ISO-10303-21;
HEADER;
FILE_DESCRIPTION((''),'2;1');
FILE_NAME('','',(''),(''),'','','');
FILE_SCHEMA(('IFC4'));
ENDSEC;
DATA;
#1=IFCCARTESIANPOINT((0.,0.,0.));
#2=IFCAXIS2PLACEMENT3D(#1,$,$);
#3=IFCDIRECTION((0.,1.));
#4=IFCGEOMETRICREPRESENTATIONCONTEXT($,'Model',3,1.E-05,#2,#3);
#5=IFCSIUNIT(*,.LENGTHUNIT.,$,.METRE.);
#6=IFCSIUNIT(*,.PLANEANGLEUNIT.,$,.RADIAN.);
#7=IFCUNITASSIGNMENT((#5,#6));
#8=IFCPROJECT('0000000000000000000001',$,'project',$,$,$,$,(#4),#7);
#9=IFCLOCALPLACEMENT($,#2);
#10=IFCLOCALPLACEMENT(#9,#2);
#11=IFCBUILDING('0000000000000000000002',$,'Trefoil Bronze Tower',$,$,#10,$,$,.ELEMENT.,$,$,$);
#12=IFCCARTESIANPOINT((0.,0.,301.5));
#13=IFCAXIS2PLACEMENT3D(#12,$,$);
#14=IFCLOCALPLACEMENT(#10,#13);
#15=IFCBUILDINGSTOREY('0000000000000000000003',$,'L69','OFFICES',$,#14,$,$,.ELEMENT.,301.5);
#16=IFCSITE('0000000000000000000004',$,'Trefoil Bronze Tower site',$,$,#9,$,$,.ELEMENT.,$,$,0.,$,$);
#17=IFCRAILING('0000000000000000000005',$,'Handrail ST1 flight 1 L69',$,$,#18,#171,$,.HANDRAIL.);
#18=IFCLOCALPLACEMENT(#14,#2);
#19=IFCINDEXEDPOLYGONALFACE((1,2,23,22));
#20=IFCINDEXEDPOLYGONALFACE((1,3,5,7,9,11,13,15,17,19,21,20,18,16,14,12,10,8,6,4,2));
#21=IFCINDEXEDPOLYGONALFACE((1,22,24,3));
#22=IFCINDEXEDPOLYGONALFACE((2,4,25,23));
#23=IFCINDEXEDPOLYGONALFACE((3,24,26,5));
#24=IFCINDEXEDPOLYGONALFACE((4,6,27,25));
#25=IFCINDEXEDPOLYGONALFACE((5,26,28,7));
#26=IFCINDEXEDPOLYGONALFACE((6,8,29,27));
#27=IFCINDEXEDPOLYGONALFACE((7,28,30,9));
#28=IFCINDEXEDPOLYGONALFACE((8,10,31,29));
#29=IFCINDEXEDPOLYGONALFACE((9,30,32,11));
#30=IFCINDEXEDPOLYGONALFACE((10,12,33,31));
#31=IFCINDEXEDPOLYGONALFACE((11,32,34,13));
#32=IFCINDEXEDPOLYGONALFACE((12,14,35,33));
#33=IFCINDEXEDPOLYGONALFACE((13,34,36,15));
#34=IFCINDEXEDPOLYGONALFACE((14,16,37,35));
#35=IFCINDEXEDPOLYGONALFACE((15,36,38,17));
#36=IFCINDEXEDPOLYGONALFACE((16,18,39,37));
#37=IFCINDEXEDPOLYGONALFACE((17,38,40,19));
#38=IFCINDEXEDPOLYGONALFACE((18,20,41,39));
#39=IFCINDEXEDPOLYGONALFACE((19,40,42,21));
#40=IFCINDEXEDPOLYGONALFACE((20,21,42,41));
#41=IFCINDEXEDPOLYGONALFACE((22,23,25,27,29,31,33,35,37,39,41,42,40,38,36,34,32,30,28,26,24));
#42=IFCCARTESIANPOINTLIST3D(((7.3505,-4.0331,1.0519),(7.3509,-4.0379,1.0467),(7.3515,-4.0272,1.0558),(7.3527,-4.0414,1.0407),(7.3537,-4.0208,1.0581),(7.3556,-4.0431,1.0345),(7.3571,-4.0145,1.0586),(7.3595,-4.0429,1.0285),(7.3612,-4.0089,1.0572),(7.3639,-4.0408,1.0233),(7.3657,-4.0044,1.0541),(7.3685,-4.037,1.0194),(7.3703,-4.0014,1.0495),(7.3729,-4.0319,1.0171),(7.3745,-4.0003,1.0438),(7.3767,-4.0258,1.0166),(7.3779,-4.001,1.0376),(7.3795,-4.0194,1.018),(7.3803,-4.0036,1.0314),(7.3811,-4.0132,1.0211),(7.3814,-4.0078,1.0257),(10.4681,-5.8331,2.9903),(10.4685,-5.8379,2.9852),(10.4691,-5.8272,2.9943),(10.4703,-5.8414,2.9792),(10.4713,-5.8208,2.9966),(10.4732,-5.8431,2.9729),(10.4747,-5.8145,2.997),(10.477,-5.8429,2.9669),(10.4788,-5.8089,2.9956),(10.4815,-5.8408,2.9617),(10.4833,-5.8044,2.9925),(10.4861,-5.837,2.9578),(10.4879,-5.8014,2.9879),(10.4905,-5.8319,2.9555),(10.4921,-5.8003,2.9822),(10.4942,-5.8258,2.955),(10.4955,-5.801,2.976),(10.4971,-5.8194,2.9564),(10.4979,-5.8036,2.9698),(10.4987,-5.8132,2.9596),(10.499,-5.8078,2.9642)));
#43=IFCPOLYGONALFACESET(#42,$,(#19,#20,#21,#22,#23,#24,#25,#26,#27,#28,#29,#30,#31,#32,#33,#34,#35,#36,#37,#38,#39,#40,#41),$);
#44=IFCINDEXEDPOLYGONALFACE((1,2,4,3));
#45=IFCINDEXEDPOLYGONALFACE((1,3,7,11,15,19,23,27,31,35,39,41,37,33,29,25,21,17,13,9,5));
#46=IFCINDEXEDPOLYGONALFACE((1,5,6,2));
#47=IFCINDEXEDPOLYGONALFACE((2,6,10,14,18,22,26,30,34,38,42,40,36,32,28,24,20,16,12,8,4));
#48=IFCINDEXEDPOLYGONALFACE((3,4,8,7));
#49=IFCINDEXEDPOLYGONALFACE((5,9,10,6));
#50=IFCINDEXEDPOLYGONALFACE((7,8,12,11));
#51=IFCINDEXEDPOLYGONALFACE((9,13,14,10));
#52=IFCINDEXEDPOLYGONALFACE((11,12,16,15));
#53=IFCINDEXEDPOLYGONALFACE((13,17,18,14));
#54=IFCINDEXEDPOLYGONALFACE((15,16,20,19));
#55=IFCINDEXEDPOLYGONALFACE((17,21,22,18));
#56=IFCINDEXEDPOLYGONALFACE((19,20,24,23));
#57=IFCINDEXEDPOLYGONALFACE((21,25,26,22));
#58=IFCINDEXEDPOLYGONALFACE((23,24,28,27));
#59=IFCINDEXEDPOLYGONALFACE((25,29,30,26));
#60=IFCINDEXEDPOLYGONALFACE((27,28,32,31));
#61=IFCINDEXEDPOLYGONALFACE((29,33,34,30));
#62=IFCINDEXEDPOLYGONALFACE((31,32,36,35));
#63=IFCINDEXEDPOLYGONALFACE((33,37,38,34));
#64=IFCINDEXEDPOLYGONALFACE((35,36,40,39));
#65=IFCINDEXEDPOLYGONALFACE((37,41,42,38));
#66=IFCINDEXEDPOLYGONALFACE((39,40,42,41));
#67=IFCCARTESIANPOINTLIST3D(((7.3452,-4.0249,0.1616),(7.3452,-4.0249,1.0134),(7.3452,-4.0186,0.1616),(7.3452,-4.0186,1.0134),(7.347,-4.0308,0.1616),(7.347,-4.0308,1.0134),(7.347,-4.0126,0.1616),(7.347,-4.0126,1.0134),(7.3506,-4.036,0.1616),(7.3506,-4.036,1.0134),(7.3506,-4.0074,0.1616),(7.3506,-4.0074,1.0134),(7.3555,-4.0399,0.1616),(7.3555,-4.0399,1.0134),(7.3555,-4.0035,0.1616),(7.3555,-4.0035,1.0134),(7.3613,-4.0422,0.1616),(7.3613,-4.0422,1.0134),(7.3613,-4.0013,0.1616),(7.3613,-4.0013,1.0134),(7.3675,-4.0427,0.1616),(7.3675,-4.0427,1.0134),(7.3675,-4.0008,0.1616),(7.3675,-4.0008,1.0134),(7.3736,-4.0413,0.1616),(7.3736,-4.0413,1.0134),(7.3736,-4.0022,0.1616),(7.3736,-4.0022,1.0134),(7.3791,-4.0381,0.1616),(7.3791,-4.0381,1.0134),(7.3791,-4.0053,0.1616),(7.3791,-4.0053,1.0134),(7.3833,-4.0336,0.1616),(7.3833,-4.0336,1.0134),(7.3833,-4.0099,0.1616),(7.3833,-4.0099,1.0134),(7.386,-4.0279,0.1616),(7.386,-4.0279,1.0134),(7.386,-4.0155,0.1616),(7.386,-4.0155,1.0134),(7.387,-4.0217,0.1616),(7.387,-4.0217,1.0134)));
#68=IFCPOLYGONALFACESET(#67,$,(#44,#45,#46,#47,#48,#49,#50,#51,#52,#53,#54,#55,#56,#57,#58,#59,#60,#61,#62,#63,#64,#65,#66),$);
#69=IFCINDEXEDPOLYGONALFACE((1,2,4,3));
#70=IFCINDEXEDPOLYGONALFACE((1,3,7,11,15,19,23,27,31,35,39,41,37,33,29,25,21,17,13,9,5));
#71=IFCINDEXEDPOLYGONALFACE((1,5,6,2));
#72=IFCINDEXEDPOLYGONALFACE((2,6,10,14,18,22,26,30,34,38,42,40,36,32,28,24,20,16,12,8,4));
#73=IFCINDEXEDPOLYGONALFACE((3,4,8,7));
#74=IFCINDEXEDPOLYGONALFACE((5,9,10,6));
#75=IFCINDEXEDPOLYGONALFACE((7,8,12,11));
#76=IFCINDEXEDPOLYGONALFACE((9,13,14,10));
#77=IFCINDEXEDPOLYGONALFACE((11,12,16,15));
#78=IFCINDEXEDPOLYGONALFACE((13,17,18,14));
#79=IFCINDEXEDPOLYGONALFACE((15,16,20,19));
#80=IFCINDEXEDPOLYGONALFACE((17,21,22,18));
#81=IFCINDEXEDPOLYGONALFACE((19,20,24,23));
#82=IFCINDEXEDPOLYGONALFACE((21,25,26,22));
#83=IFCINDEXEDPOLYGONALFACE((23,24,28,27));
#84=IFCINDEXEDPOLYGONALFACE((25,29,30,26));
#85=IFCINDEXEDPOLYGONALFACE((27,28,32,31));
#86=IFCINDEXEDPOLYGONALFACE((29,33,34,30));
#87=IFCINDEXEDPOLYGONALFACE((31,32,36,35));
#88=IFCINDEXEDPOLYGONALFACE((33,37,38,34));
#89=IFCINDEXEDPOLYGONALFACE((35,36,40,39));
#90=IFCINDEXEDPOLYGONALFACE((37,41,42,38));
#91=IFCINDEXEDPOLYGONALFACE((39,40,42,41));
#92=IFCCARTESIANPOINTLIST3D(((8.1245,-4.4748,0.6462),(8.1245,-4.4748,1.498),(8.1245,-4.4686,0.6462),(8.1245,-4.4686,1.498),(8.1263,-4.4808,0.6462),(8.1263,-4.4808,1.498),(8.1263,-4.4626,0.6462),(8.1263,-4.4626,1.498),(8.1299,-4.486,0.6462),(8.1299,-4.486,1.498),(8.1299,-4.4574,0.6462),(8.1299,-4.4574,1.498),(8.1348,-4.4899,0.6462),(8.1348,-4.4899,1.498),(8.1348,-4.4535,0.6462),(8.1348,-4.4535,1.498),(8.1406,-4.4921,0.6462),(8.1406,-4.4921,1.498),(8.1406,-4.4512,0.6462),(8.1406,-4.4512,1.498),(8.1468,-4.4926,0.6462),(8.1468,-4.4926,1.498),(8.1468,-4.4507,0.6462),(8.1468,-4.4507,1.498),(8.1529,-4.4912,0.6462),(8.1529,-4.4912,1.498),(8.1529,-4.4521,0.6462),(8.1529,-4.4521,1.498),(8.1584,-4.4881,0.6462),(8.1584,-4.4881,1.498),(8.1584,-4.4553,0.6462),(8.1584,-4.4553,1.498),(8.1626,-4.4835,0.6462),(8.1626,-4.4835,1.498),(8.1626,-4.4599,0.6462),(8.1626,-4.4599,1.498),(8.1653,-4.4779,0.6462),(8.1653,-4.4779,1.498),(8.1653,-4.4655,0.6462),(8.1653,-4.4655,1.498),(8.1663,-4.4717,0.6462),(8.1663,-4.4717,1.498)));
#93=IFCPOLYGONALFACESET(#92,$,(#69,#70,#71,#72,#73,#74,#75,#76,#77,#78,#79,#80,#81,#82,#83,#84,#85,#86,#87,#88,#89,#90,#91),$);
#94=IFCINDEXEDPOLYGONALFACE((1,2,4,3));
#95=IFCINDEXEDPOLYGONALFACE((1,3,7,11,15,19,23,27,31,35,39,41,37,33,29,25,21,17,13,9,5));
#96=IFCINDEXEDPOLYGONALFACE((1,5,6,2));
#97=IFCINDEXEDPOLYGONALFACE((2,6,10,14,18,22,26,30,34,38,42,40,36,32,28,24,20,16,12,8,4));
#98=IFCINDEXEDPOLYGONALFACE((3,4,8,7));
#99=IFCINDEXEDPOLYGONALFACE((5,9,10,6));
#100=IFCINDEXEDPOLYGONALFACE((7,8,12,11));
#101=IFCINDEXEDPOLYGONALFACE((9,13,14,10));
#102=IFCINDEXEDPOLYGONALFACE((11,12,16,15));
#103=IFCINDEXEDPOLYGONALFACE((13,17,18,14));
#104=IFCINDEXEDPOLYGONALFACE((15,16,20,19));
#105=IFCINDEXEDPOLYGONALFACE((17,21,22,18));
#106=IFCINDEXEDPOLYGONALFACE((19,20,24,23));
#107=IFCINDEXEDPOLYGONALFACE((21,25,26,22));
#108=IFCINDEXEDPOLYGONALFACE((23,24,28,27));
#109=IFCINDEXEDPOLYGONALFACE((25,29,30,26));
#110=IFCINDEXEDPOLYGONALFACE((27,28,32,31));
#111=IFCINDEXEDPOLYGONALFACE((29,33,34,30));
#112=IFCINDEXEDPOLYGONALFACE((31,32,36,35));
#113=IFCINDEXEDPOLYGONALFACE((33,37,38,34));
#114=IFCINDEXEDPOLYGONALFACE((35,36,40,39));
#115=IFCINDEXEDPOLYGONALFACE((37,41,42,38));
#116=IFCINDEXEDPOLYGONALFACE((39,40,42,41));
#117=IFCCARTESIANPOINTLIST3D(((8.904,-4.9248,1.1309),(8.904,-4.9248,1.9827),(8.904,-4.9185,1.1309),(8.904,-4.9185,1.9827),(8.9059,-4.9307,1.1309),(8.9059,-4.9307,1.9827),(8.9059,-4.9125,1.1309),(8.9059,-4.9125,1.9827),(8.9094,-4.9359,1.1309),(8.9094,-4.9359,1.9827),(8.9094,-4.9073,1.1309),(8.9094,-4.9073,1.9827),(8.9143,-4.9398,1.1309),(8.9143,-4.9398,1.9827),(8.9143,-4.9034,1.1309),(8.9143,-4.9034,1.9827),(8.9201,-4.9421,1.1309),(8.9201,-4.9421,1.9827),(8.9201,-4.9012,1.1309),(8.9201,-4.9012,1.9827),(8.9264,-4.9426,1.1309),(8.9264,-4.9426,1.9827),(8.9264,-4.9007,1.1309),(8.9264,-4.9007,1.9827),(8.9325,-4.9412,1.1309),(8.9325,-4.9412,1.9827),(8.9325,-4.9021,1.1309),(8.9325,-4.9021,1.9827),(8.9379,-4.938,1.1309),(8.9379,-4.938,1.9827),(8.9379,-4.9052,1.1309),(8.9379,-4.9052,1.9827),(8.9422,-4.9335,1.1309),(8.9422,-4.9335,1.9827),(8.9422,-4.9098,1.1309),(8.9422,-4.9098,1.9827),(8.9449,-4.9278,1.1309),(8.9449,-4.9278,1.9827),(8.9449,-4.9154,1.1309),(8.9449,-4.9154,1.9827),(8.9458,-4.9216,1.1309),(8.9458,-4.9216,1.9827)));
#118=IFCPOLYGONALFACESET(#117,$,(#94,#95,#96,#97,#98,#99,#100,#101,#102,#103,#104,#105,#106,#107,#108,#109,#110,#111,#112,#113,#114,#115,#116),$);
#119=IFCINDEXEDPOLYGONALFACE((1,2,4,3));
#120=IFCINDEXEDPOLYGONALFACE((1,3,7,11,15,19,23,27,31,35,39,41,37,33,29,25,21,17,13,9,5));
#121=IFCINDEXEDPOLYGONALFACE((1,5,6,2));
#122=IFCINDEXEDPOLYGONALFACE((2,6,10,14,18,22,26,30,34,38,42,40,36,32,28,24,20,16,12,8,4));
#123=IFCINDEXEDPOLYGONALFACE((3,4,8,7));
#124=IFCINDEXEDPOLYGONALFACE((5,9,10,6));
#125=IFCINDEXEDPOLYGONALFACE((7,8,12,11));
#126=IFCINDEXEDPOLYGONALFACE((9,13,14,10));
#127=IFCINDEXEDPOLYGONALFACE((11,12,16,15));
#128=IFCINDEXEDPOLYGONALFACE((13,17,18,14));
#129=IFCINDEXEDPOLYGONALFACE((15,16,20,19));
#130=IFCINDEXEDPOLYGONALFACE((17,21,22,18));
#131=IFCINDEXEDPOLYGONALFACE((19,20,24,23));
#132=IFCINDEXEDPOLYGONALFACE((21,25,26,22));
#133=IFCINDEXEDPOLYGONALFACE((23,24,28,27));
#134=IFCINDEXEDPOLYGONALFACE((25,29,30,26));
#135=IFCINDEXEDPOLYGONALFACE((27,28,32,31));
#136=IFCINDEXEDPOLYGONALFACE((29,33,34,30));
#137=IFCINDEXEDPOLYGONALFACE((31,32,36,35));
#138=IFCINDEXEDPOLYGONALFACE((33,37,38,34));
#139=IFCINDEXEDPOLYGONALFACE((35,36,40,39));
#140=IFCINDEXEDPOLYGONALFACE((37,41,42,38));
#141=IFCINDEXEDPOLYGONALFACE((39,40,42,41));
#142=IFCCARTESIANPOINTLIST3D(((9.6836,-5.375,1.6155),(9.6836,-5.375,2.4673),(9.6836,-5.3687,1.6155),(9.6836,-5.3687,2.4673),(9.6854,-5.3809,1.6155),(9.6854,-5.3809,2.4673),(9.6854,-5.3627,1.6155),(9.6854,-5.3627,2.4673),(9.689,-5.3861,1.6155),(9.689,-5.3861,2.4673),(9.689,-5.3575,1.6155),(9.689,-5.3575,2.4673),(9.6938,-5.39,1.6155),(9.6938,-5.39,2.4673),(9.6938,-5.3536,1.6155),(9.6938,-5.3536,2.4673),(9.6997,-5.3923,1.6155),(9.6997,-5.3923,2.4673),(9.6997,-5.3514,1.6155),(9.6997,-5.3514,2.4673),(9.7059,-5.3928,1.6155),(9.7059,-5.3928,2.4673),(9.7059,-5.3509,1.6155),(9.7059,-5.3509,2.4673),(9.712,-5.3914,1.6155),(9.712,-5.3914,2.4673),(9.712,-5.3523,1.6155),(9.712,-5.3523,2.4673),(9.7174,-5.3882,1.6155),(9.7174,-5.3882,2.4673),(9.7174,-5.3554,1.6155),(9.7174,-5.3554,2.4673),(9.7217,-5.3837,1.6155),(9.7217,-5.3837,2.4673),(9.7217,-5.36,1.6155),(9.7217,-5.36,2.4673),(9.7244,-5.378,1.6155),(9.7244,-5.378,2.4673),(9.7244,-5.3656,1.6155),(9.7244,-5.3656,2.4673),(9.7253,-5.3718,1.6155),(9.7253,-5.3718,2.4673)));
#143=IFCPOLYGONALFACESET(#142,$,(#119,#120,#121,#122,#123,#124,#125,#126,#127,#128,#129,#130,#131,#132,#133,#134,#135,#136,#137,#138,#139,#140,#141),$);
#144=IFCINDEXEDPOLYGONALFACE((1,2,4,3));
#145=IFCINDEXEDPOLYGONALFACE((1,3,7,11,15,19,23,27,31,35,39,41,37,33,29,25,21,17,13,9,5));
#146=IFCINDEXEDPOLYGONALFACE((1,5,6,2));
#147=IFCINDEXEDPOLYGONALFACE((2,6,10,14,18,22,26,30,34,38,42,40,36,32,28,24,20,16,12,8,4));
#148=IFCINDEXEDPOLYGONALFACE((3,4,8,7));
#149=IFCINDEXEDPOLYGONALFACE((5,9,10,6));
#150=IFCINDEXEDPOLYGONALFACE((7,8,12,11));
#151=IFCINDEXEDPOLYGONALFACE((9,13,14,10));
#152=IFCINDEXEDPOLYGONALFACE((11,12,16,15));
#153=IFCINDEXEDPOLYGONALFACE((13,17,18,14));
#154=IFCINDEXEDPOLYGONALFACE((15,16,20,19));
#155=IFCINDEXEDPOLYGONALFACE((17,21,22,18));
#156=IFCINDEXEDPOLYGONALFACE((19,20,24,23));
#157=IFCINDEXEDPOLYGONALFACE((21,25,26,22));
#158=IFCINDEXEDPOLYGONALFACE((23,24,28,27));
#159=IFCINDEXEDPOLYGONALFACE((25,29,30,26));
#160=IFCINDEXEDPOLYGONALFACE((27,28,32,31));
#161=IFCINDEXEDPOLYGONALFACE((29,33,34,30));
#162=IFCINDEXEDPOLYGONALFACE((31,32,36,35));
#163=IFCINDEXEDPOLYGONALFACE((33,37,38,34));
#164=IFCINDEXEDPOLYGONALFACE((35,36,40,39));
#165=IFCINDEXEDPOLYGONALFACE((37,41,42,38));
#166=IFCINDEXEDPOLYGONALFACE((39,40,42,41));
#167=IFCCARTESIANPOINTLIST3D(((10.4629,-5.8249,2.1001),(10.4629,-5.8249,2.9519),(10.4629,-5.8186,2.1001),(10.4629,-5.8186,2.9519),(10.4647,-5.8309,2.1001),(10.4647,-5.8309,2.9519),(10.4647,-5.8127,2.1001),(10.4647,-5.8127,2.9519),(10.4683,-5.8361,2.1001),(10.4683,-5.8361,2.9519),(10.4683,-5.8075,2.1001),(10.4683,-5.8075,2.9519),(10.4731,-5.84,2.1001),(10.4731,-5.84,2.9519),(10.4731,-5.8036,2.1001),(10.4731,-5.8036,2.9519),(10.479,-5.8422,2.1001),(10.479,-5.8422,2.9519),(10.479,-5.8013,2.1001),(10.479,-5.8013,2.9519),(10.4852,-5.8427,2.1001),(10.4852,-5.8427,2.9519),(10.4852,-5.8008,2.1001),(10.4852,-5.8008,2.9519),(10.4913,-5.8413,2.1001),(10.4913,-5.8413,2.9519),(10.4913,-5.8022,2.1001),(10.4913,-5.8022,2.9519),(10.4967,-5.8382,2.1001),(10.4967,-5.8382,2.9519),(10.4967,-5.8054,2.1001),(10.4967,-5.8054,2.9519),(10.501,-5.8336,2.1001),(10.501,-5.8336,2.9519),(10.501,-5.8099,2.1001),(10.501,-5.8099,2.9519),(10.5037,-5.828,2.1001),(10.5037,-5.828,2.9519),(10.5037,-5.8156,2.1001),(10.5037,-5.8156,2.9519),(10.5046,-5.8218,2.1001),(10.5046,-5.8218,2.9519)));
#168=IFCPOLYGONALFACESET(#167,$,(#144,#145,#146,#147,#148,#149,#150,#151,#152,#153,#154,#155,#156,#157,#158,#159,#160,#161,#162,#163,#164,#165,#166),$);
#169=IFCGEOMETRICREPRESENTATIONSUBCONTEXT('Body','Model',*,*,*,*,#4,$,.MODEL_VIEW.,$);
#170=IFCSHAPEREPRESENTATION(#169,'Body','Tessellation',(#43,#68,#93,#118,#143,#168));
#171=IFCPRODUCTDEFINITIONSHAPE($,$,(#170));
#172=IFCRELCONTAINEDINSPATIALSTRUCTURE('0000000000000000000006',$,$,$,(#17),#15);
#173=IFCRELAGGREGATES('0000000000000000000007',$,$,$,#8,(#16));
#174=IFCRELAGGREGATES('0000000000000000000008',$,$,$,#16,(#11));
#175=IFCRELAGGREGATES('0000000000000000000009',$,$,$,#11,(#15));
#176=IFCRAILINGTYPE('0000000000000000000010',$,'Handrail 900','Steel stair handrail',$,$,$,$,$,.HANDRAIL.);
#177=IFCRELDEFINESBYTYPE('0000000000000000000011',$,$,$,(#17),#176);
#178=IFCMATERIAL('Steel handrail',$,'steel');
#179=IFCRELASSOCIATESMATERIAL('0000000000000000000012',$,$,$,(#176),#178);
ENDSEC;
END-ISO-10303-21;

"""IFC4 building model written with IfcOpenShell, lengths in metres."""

from ifc_helpers import new_model, si_unit, direction, frame, origin, origin_2d, place, context, subcontext, project, spatial, circle, extrude, material, type_object, element, save


model = new_model("IFC4")

# Units and contexts
model_context = context("Model", 3, precision=1e-05, world=origin(), true_north=direction((0.0, 1.0)))
body_context = subcontext(model_context, "Body", "Model", "MODEL_VIEW")
ifc_project = project(units=[si_unit("LENGTHUNIT", "METRE"), si_unit("PLANEANGLEUNIT", "RADIAN")], contexts=[model_context])

# Site, building, storey
site_placement = place(None, origin())
site = spatial("IfcSite", under=ifc_project, at=site_placement, Name="Trefoil Bronze Tower site", CompositionType="ELEMENT", RefElevation=0.0)
building_placement = place(site_placement, origin())
building = spatial("IfcBuilding", under=site, at=building_placement, Name="Trefoil Bronze Tower", CompositionType="ELEMENT")
storey_placement = place(building_placement, frame((0.0, 0.0, 301.5)))
storey = spatial("IfcBuildingStorey", under=building, at=storey_placement, Name="L69", Description="OFFICES", CompositionType="ELEMENT", Elevation=301.5)

# Railing
ifc_material_1 = material(Name="Steel handrail", Category="steel")
railing_type = type_object("IfcRailingType", Name="Handrail 900", Description="Steel stair handrail", PredefinedType="HANDRAIL", material=ifc_material_1)
railing_1_placement = place(storey_placement, frame((7.366, -4.0217, 0.1616)))
element("IfcRailing", 1, at=railing_1_placement, inside=storey, type_object=railing_type, Name="Handrail ST1 flight 1 L69", PredefinedType="HANDRAIL", context=body_context, shape_type="SweptSolid", body=[
    extrude(circle(Radius=0.0239, at=origin_2d()), frame((0.0, 0.0, 0.876), z_axis=(0.762503, -0.440246, 0.474102), x_axis=(0.500012, 0.866018, 0.0)), (0.0, 0.0, 1.0), 4.0886),
    extrude(circle(Radius=0.021, at=origin_2d()), origin(), (0.0, 0.0, 1.0), 0.8518),
    extrude(circle(Radius=0.021, at=origin_2d()), frame((0.7793, -0.45, 0.4846)), (0.0, 0.0, 1.0), 0.8518),
    extrude(circle(Radius=0.021, at=origin_2d()), frame((1.5588, -0.8999, 0.9692)), (0.0, 0.0, 1.0), 0.8518),
    extrude(circle(Radius=0.021, at=origin_2d()), frame((2.3384, -1.3501, 1.4539)), (0.0, 0.0, 1.0), 0.8518),
    extrude(circle(Radius=0.021, at=origin_2d()), frame((3.1177, -1.8, 1.9385)), (0.0, 0.0, 1.0), 0.8518),
])

save(model, "model.ifc")
